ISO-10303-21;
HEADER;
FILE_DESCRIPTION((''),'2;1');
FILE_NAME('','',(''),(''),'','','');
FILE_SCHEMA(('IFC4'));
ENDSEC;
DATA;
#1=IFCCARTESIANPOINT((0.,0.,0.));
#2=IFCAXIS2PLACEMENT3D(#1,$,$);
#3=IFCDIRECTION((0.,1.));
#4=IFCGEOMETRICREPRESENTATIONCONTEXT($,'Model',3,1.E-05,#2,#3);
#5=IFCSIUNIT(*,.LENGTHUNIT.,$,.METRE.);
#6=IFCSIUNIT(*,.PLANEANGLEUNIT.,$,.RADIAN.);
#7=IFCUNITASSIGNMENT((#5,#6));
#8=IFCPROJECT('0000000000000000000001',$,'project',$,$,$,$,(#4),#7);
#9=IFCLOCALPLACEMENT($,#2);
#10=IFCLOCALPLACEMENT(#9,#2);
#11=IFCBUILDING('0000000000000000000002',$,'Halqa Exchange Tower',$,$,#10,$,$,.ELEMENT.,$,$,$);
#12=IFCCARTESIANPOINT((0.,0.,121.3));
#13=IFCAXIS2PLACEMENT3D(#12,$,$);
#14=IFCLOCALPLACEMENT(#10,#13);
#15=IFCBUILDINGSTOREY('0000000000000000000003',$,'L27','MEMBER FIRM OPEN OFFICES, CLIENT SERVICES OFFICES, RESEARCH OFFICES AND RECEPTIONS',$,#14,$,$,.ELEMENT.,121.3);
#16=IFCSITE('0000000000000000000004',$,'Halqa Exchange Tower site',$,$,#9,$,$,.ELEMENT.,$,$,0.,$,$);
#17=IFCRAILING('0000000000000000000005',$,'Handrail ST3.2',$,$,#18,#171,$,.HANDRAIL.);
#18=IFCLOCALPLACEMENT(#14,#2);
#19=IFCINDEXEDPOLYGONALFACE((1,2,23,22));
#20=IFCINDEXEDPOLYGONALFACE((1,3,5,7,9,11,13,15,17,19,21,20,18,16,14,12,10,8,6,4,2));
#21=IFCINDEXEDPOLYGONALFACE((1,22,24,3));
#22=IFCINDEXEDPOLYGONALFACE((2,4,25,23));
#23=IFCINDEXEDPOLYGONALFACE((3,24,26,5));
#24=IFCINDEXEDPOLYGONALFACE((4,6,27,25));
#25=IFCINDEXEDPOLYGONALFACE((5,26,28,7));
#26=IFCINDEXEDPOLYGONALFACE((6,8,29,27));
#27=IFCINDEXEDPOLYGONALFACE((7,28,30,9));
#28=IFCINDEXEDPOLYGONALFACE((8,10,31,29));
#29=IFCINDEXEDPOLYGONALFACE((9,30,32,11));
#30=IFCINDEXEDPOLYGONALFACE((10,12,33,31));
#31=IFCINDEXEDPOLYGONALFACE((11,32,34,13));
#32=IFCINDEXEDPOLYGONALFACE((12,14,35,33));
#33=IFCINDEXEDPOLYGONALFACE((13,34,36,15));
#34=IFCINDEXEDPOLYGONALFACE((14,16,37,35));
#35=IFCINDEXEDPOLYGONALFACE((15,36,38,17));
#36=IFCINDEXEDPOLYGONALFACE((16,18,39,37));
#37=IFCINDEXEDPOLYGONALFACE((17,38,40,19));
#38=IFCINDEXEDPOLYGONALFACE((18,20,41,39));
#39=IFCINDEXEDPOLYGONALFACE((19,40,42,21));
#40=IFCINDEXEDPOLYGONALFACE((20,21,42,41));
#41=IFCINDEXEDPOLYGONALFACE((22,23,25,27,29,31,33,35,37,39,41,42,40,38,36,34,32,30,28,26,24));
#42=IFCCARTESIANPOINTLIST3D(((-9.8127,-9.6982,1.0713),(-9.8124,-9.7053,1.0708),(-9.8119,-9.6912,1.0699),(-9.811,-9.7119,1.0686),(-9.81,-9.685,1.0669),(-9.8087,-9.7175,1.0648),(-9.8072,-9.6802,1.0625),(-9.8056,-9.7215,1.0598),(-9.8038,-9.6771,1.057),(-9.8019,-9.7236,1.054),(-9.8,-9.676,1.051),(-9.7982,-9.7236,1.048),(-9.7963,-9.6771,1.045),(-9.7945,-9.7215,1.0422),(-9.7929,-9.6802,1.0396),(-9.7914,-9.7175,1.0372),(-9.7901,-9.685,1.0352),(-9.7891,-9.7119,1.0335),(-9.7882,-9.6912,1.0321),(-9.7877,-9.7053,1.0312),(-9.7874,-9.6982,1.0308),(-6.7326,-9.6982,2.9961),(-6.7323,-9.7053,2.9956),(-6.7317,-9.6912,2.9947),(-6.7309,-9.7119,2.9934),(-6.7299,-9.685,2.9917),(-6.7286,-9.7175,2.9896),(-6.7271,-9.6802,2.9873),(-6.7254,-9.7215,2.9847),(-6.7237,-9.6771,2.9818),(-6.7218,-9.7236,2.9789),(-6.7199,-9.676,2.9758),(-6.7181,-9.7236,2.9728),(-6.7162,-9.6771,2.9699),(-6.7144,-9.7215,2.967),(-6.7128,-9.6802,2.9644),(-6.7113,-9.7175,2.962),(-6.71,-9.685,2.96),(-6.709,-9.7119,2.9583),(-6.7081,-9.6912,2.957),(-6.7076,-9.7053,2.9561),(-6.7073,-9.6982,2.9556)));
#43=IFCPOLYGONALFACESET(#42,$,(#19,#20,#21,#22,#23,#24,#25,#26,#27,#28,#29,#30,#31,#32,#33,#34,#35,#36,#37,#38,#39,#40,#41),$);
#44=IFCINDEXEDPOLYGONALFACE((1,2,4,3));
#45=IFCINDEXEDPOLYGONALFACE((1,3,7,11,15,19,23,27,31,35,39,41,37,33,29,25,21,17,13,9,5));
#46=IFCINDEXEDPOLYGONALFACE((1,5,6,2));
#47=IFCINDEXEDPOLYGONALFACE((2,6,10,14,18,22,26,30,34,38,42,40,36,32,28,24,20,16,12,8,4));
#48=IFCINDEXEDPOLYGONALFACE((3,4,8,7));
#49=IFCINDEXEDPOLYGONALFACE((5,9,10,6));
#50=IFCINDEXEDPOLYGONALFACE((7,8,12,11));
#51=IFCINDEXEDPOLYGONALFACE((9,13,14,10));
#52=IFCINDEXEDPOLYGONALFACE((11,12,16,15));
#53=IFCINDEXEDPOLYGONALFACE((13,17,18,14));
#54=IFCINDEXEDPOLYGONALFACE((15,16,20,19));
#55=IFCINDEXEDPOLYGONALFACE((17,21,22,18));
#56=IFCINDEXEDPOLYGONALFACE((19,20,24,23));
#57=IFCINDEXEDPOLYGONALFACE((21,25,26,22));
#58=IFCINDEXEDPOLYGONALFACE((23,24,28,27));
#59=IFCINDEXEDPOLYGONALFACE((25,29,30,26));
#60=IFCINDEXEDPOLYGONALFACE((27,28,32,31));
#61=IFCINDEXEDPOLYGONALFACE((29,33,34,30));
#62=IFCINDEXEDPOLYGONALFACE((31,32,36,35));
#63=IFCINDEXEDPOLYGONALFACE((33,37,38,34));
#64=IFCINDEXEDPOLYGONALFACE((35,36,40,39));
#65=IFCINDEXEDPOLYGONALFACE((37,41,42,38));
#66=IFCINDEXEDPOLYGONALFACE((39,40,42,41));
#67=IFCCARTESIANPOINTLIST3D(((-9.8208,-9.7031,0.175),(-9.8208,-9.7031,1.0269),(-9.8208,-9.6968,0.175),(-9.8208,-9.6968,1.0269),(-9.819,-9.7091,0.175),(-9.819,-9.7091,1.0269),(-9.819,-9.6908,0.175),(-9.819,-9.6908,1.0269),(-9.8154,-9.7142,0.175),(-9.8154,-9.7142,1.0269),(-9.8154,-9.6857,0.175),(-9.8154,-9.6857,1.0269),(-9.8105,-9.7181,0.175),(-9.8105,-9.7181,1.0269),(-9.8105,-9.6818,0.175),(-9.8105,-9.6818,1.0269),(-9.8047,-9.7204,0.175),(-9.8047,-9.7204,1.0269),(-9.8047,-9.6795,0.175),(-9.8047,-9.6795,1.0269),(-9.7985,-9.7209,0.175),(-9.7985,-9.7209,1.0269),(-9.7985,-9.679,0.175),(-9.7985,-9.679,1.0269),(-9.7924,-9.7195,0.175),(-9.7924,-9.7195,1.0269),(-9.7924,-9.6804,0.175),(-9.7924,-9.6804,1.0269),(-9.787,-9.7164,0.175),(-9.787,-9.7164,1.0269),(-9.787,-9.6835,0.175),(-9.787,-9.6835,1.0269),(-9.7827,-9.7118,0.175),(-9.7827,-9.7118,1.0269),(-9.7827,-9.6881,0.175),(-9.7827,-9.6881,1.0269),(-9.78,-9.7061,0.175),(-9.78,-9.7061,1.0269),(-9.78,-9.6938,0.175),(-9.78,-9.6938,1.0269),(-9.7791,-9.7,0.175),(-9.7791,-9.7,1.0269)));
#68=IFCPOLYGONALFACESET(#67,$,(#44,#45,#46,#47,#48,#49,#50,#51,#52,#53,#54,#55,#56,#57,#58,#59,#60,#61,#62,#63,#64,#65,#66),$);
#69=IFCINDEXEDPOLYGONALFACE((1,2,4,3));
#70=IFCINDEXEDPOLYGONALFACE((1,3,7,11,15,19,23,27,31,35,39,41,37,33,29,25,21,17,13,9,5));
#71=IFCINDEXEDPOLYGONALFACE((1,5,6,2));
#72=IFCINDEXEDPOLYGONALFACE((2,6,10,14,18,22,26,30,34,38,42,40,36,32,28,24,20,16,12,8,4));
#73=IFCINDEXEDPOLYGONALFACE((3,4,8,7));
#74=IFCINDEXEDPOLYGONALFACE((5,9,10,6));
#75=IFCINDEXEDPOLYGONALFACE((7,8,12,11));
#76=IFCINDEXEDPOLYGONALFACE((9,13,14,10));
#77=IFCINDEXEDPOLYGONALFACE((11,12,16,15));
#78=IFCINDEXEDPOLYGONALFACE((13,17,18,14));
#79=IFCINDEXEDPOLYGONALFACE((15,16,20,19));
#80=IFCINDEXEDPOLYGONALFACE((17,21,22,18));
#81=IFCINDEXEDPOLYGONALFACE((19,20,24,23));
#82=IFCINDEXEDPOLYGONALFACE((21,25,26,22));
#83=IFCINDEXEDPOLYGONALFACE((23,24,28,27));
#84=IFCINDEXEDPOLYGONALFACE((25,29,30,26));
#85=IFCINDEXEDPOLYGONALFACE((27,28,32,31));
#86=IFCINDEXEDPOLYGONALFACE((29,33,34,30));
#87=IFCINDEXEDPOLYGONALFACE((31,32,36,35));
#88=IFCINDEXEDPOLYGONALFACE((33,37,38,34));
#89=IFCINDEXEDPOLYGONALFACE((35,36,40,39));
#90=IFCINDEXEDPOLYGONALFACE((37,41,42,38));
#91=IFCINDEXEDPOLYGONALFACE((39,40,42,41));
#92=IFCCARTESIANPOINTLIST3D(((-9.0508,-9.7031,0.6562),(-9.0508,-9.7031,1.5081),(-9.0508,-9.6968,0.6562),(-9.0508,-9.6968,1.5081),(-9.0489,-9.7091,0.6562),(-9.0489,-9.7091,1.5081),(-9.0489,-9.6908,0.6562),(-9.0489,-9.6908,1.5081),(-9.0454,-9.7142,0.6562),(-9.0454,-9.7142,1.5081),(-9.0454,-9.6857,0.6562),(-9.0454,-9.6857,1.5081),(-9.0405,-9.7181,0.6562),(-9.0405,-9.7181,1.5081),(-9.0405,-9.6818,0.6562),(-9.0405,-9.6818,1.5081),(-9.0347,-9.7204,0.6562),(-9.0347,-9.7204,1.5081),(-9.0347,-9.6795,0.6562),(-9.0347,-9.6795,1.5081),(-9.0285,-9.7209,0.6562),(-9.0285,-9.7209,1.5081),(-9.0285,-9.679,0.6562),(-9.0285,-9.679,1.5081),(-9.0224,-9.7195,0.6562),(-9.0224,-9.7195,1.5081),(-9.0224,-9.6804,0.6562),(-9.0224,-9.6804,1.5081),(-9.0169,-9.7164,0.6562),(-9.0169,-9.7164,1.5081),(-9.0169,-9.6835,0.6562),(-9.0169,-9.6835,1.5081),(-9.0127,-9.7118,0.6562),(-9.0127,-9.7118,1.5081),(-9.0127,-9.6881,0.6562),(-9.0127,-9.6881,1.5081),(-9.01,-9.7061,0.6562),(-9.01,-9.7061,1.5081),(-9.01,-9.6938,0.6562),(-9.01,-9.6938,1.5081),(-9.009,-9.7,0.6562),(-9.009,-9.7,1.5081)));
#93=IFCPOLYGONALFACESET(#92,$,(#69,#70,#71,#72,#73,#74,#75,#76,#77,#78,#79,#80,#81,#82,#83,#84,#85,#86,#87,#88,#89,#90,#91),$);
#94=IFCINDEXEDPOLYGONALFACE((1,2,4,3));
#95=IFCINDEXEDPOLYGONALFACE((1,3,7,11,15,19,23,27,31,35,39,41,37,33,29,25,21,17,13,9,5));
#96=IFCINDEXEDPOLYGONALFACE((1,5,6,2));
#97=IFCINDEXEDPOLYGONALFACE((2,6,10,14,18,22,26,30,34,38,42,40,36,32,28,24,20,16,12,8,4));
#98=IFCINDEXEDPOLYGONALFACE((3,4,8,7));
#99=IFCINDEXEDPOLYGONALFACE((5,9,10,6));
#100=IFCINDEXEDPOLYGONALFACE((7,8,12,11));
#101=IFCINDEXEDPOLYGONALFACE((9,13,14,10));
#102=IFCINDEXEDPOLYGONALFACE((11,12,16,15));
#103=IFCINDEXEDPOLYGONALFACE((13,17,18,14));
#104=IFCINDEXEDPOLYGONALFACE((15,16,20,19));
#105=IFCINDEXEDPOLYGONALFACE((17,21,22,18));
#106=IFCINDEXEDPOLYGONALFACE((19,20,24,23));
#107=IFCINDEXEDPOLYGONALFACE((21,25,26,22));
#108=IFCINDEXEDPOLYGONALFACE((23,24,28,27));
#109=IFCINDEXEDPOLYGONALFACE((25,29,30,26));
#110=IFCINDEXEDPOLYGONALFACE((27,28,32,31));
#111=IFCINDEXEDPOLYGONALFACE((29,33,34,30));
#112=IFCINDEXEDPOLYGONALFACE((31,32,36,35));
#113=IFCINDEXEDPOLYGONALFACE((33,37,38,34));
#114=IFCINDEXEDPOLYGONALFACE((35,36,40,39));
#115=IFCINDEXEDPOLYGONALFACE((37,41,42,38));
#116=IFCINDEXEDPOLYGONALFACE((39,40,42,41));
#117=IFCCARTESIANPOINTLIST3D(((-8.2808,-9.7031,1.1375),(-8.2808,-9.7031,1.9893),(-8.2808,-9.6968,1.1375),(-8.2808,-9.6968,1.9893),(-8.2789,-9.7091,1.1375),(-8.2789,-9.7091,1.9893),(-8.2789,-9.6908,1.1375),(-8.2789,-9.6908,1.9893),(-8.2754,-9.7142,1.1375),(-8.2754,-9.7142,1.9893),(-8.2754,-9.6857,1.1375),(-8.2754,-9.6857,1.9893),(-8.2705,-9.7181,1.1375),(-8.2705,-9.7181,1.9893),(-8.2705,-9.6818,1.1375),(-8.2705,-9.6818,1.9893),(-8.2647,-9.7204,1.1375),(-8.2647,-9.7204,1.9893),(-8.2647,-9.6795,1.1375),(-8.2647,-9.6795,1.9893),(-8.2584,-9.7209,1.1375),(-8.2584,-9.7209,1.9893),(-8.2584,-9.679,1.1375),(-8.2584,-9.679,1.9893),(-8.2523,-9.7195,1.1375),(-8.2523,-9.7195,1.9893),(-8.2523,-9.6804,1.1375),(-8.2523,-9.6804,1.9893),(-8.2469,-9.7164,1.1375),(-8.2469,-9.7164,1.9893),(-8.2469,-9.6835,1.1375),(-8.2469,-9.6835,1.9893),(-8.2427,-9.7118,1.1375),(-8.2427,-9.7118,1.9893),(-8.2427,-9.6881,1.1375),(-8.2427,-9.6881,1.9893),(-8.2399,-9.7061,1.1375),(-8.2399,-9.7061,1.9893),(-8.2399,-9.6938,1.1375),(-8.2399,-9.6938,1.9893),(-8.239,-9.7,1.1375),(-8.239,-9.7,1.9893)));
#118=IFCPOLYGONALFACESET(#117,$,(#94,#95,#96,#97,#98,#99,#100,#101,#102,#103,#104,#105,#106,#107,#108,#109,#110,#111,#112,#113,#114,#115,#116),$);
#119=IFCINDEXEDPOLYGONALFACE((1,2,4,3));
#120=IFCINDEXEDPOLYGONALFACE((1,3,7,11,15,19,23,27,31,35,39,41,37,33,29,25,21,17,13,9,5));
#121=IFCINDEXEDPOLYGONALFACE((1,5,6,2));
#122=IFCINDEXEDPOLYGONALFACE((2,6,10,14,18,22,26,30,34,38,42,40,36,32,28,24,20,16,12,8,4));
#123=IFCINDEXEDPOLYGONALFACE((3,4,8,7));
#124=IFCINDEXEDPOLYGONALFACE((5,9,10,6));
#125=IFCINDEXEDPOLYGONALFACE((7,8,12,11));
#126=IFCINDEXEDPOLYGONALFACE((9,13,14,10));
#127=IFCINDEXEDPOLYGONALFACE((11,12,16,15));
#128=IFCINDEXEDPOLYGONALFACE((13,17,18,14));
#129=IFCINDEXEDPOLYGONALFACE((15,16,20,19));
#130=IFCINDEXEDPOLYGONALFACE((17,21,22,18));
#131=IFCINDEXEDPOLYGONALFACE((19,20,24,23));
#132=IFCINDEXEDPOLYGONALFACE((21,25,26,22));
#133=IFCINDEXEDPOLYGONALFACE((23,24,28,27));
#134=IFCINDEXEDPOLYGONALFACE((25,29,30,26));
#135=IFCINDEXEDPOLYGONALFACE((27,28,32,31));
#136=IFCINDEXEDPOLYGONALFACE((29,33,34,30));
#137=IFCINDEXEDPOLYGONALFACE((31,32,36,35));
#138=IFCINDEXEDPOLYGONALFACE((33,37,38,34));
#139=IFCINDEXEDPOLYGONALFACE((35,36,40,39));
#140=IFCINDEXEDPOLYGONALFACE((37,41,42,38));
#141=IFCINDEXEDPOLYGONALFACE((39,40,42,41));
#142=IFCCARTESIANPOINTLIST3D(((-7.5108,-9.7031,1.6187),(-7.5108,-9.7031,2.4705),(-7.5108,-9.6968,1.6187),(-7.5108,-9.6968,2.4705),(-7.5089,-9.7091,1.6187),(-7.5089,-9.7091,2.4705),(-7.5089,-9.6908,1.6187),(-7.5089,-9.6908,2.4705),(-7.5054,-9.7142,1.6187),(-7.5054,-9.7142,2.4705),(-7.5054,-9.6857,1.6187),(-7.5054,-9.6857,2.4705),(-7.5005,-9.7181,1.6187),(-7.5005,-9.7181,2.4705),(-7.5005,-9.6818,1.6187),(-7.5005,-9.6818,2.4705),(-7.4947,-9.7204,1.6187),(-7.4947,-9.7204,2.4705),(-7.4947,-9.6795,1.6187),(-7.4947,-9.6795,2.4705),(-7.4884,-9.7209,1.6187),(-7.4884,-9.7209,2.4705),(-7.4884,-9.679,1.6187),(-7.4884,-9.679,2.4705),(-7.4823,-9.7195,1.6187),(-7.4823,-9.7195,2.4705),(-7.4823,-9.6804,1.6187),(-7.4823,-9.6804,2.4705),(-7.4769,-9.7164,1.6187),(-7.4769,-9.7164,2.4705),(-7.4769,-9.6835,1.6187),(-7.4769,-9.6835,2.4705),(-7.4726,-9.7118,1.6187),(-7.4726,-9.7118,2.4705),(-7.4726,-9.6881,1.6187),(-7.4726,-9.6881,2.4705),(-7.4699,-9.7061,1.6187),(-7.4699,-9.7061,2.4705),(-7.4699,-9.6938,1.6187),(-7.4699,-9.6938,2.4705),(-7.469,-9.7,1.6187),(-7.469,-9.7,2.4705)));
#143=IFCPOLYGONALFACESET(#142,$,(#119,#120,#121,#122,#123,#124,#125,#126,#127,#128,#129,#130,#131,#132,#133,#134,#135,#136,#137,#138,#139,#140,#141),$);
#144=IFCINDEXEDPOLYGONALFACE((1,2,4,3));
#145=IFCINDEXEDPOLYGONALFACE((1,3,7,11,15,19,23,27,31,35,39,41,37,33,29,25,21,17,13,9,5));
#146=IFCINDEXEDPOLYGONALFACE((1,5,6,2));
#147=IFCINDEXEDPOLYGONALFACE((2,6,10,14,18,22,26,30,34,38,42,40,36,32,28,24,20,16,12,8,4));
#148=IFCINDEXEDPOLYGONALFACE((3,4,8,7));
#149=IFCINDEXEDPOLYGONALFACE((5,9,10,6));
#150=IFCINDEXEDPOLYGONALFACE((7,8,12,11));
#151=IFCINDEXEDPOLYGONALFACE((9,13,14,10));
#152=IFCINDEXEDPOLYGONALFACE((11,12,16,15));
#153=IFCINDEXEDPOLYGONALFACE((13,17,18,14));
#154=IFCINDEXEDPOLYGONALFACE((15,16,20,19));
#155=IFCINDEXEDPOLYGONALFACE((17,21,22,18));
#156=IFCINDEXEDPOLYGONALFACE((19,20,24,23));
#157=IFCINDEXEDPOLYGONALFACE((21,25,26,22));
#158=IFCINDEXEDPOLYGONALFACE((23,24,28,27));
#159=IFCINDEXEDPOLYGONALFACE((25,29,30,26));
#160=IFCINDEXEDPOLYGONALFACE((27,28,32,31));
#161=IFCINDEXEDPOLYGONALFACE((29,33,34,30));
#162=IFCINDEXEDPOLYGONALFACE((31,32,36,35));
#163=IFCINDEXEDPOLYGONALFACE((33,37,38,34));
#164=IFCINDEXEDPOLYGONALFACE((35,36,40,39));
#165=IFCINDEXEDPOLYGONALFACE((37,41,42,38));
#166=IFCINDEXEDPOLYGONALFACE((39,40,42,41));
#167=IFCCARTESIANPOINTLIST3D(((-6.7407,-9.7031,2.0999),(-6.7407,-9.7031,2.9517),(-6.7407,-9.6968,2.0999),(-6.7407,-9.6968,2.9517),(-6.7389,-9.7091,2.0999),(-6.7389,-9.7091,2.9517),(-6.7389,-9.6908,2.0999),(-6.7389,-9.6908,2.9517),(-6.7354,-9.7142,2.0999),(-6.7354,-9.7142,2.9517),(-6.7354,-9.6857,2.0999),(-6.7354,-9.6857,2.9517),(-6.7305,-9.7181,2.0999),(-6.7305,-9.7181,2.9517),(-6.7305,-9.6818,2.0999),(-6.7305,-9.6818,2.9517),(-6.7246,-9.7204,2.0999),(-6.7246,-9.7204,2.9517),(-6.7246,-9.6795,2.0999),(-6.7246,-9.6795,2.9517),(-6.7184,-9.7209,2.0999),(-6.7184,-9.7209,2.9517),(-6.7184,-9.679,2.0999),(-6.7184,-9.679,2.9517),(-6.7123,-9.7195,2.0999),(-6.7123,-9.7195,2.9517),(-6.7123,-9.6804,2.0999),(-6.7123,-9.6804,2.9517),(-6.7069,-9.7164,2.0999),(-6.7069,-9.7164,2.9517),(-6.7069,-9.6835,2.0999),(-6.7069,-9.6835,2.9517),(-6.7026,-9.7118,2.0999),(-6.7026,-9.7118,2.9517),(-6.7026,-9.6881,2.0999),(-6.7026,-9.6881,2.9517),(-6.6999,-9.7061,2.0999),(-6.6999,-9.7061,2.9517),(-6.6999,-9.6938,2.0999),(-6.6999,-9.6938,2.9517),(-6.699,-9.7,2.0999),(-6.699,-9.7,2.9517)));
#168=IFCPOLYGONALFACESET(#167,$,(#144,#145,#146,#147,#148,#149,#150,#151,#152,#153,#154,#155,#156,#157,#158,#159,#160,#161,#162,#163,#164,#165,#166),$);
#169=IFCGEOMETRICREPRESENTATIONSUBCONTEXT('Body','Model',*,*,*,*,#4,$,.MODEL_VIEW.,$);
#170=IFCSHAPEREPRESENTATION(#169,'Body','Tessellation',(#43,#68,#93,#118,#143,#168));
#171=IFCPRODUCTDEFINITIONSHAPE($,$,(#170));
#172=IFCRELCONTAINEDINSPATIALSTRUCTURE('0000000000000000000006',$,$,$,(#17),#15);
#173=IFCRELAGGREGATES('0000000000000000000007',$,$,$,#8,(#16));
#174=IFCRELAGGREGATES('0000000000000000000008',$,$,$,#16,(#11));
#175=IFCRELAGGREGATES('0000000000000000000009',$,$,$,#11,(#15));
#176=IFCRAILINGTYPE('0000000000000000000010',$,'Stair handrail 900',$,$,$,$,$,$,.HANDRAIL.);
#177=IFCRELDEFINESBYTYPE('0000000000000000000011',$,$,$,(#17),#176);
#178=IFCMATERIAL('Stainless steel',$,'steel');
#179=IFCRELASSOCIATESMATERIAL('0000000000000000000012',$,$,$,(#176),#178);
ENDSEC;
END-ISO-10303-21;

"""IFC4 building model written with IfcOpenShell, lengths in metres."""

from ifc_helpers import new_model, si_unit, direction, frame, origin, origin_2d, place, context, subcontext, project, spatial, circle, extrude, material, type_object, element, save


model = new_model("IFC4")

# Units and contexts
model_context = context("Model", 3, precision=1e-05, world=origin(), true_north=direction((0.0, 1.0)))
body_context = subcontext(model_context, "Body", "Model", "MODEL_VIEW")
ifc_project = project(units=[si_unit("LENGTHUNIT", "METRE"), si_unit("PLANEANGLEUNIT", "RADIAN")], contexts=[model_context])

# Site, building, storey
site_placement = place(None, origin())
site = spatial("IfcSite", under=ifc_project, at=site_placement, Name="Halqa Exchange Tower site", CompositionType="ELEMENT", RefElevation=0.0)
building_placement = place(site_placement, origin())
building = spatial("IfcBuilding", under=site, at=building_placement, Name="Halqa Exchange Tower", CompositionType="ELEMENT")
storey_placement = place(building_placement, frame((0.0, 0.0, 121.3)))
storey = spatial("IfcBuildingStorey", under=building, at=storey_placement, Name="L27", Description="MEMBER FIRM OPEN OFFICES, CLIENT SERVICES OFFICES, RESEARCH OFFICES AND RECEPTIONS", CompositionType="ELEMENT", Elevation=121.3)

# Shared definitions
ifc_material_1 = material(Name="Stainless steel", Category="steel")

# Railing
railing_type_1 = type_object("IfcRailingType", Name="Stair handrail 900", PredefinedType="HANDRAIL", material=ifc_material_1)
railing_1_placement = place(storey_placement, frame((-9.8, -9.7, 0.175)))
element("IfcRailing", 1, at=railing_1_placement, inside=storey, type_object=railing_type_1, Name="Handrail ST3.2", PredefinedType="HANDRAIL", context=body_context, shape_type="SweptSolid", body=[
    extrude(circle(Radius=0.0239, at=origin_2d()), frame((0.0, 0.0, 0.876), z_axis=(0.848029, 0.0, 0.529951), x_axis=(0.0, 1.0, 0.0)), (0.0, 0.0, 1.0), 3.6321),
    extrude(circle(Radius=0.021, at=origin_2d()), origin(), (0.0, 0.0, 1.0), 0.8518),
    extrude(circle(Radius=0.021, at=origin_2d()), frame((0.77, 0.0, 0.4812)), (0.0, 0.0, 1.0), 0.8518),
    extrude(circle(Radius=0.021, at=origin_2d()), frame((1.54, 0.0, 0.9624)), (0.0, 0.0, 1.0), 0.8518),
    extrude(circle(Radius=0.021, at=origin_2d()), frame((2.3101, 0.0, 1.4436)), (0.0, 0.0, 1.0), 0.8518),
    extrude(circle(Radius=0.021, at=origin_2d()), frame((3.0801, 0.0, 1.9248)), (0.0, 0.0, 1.0), 0.8518),
])

save(model, "model.ifc")
